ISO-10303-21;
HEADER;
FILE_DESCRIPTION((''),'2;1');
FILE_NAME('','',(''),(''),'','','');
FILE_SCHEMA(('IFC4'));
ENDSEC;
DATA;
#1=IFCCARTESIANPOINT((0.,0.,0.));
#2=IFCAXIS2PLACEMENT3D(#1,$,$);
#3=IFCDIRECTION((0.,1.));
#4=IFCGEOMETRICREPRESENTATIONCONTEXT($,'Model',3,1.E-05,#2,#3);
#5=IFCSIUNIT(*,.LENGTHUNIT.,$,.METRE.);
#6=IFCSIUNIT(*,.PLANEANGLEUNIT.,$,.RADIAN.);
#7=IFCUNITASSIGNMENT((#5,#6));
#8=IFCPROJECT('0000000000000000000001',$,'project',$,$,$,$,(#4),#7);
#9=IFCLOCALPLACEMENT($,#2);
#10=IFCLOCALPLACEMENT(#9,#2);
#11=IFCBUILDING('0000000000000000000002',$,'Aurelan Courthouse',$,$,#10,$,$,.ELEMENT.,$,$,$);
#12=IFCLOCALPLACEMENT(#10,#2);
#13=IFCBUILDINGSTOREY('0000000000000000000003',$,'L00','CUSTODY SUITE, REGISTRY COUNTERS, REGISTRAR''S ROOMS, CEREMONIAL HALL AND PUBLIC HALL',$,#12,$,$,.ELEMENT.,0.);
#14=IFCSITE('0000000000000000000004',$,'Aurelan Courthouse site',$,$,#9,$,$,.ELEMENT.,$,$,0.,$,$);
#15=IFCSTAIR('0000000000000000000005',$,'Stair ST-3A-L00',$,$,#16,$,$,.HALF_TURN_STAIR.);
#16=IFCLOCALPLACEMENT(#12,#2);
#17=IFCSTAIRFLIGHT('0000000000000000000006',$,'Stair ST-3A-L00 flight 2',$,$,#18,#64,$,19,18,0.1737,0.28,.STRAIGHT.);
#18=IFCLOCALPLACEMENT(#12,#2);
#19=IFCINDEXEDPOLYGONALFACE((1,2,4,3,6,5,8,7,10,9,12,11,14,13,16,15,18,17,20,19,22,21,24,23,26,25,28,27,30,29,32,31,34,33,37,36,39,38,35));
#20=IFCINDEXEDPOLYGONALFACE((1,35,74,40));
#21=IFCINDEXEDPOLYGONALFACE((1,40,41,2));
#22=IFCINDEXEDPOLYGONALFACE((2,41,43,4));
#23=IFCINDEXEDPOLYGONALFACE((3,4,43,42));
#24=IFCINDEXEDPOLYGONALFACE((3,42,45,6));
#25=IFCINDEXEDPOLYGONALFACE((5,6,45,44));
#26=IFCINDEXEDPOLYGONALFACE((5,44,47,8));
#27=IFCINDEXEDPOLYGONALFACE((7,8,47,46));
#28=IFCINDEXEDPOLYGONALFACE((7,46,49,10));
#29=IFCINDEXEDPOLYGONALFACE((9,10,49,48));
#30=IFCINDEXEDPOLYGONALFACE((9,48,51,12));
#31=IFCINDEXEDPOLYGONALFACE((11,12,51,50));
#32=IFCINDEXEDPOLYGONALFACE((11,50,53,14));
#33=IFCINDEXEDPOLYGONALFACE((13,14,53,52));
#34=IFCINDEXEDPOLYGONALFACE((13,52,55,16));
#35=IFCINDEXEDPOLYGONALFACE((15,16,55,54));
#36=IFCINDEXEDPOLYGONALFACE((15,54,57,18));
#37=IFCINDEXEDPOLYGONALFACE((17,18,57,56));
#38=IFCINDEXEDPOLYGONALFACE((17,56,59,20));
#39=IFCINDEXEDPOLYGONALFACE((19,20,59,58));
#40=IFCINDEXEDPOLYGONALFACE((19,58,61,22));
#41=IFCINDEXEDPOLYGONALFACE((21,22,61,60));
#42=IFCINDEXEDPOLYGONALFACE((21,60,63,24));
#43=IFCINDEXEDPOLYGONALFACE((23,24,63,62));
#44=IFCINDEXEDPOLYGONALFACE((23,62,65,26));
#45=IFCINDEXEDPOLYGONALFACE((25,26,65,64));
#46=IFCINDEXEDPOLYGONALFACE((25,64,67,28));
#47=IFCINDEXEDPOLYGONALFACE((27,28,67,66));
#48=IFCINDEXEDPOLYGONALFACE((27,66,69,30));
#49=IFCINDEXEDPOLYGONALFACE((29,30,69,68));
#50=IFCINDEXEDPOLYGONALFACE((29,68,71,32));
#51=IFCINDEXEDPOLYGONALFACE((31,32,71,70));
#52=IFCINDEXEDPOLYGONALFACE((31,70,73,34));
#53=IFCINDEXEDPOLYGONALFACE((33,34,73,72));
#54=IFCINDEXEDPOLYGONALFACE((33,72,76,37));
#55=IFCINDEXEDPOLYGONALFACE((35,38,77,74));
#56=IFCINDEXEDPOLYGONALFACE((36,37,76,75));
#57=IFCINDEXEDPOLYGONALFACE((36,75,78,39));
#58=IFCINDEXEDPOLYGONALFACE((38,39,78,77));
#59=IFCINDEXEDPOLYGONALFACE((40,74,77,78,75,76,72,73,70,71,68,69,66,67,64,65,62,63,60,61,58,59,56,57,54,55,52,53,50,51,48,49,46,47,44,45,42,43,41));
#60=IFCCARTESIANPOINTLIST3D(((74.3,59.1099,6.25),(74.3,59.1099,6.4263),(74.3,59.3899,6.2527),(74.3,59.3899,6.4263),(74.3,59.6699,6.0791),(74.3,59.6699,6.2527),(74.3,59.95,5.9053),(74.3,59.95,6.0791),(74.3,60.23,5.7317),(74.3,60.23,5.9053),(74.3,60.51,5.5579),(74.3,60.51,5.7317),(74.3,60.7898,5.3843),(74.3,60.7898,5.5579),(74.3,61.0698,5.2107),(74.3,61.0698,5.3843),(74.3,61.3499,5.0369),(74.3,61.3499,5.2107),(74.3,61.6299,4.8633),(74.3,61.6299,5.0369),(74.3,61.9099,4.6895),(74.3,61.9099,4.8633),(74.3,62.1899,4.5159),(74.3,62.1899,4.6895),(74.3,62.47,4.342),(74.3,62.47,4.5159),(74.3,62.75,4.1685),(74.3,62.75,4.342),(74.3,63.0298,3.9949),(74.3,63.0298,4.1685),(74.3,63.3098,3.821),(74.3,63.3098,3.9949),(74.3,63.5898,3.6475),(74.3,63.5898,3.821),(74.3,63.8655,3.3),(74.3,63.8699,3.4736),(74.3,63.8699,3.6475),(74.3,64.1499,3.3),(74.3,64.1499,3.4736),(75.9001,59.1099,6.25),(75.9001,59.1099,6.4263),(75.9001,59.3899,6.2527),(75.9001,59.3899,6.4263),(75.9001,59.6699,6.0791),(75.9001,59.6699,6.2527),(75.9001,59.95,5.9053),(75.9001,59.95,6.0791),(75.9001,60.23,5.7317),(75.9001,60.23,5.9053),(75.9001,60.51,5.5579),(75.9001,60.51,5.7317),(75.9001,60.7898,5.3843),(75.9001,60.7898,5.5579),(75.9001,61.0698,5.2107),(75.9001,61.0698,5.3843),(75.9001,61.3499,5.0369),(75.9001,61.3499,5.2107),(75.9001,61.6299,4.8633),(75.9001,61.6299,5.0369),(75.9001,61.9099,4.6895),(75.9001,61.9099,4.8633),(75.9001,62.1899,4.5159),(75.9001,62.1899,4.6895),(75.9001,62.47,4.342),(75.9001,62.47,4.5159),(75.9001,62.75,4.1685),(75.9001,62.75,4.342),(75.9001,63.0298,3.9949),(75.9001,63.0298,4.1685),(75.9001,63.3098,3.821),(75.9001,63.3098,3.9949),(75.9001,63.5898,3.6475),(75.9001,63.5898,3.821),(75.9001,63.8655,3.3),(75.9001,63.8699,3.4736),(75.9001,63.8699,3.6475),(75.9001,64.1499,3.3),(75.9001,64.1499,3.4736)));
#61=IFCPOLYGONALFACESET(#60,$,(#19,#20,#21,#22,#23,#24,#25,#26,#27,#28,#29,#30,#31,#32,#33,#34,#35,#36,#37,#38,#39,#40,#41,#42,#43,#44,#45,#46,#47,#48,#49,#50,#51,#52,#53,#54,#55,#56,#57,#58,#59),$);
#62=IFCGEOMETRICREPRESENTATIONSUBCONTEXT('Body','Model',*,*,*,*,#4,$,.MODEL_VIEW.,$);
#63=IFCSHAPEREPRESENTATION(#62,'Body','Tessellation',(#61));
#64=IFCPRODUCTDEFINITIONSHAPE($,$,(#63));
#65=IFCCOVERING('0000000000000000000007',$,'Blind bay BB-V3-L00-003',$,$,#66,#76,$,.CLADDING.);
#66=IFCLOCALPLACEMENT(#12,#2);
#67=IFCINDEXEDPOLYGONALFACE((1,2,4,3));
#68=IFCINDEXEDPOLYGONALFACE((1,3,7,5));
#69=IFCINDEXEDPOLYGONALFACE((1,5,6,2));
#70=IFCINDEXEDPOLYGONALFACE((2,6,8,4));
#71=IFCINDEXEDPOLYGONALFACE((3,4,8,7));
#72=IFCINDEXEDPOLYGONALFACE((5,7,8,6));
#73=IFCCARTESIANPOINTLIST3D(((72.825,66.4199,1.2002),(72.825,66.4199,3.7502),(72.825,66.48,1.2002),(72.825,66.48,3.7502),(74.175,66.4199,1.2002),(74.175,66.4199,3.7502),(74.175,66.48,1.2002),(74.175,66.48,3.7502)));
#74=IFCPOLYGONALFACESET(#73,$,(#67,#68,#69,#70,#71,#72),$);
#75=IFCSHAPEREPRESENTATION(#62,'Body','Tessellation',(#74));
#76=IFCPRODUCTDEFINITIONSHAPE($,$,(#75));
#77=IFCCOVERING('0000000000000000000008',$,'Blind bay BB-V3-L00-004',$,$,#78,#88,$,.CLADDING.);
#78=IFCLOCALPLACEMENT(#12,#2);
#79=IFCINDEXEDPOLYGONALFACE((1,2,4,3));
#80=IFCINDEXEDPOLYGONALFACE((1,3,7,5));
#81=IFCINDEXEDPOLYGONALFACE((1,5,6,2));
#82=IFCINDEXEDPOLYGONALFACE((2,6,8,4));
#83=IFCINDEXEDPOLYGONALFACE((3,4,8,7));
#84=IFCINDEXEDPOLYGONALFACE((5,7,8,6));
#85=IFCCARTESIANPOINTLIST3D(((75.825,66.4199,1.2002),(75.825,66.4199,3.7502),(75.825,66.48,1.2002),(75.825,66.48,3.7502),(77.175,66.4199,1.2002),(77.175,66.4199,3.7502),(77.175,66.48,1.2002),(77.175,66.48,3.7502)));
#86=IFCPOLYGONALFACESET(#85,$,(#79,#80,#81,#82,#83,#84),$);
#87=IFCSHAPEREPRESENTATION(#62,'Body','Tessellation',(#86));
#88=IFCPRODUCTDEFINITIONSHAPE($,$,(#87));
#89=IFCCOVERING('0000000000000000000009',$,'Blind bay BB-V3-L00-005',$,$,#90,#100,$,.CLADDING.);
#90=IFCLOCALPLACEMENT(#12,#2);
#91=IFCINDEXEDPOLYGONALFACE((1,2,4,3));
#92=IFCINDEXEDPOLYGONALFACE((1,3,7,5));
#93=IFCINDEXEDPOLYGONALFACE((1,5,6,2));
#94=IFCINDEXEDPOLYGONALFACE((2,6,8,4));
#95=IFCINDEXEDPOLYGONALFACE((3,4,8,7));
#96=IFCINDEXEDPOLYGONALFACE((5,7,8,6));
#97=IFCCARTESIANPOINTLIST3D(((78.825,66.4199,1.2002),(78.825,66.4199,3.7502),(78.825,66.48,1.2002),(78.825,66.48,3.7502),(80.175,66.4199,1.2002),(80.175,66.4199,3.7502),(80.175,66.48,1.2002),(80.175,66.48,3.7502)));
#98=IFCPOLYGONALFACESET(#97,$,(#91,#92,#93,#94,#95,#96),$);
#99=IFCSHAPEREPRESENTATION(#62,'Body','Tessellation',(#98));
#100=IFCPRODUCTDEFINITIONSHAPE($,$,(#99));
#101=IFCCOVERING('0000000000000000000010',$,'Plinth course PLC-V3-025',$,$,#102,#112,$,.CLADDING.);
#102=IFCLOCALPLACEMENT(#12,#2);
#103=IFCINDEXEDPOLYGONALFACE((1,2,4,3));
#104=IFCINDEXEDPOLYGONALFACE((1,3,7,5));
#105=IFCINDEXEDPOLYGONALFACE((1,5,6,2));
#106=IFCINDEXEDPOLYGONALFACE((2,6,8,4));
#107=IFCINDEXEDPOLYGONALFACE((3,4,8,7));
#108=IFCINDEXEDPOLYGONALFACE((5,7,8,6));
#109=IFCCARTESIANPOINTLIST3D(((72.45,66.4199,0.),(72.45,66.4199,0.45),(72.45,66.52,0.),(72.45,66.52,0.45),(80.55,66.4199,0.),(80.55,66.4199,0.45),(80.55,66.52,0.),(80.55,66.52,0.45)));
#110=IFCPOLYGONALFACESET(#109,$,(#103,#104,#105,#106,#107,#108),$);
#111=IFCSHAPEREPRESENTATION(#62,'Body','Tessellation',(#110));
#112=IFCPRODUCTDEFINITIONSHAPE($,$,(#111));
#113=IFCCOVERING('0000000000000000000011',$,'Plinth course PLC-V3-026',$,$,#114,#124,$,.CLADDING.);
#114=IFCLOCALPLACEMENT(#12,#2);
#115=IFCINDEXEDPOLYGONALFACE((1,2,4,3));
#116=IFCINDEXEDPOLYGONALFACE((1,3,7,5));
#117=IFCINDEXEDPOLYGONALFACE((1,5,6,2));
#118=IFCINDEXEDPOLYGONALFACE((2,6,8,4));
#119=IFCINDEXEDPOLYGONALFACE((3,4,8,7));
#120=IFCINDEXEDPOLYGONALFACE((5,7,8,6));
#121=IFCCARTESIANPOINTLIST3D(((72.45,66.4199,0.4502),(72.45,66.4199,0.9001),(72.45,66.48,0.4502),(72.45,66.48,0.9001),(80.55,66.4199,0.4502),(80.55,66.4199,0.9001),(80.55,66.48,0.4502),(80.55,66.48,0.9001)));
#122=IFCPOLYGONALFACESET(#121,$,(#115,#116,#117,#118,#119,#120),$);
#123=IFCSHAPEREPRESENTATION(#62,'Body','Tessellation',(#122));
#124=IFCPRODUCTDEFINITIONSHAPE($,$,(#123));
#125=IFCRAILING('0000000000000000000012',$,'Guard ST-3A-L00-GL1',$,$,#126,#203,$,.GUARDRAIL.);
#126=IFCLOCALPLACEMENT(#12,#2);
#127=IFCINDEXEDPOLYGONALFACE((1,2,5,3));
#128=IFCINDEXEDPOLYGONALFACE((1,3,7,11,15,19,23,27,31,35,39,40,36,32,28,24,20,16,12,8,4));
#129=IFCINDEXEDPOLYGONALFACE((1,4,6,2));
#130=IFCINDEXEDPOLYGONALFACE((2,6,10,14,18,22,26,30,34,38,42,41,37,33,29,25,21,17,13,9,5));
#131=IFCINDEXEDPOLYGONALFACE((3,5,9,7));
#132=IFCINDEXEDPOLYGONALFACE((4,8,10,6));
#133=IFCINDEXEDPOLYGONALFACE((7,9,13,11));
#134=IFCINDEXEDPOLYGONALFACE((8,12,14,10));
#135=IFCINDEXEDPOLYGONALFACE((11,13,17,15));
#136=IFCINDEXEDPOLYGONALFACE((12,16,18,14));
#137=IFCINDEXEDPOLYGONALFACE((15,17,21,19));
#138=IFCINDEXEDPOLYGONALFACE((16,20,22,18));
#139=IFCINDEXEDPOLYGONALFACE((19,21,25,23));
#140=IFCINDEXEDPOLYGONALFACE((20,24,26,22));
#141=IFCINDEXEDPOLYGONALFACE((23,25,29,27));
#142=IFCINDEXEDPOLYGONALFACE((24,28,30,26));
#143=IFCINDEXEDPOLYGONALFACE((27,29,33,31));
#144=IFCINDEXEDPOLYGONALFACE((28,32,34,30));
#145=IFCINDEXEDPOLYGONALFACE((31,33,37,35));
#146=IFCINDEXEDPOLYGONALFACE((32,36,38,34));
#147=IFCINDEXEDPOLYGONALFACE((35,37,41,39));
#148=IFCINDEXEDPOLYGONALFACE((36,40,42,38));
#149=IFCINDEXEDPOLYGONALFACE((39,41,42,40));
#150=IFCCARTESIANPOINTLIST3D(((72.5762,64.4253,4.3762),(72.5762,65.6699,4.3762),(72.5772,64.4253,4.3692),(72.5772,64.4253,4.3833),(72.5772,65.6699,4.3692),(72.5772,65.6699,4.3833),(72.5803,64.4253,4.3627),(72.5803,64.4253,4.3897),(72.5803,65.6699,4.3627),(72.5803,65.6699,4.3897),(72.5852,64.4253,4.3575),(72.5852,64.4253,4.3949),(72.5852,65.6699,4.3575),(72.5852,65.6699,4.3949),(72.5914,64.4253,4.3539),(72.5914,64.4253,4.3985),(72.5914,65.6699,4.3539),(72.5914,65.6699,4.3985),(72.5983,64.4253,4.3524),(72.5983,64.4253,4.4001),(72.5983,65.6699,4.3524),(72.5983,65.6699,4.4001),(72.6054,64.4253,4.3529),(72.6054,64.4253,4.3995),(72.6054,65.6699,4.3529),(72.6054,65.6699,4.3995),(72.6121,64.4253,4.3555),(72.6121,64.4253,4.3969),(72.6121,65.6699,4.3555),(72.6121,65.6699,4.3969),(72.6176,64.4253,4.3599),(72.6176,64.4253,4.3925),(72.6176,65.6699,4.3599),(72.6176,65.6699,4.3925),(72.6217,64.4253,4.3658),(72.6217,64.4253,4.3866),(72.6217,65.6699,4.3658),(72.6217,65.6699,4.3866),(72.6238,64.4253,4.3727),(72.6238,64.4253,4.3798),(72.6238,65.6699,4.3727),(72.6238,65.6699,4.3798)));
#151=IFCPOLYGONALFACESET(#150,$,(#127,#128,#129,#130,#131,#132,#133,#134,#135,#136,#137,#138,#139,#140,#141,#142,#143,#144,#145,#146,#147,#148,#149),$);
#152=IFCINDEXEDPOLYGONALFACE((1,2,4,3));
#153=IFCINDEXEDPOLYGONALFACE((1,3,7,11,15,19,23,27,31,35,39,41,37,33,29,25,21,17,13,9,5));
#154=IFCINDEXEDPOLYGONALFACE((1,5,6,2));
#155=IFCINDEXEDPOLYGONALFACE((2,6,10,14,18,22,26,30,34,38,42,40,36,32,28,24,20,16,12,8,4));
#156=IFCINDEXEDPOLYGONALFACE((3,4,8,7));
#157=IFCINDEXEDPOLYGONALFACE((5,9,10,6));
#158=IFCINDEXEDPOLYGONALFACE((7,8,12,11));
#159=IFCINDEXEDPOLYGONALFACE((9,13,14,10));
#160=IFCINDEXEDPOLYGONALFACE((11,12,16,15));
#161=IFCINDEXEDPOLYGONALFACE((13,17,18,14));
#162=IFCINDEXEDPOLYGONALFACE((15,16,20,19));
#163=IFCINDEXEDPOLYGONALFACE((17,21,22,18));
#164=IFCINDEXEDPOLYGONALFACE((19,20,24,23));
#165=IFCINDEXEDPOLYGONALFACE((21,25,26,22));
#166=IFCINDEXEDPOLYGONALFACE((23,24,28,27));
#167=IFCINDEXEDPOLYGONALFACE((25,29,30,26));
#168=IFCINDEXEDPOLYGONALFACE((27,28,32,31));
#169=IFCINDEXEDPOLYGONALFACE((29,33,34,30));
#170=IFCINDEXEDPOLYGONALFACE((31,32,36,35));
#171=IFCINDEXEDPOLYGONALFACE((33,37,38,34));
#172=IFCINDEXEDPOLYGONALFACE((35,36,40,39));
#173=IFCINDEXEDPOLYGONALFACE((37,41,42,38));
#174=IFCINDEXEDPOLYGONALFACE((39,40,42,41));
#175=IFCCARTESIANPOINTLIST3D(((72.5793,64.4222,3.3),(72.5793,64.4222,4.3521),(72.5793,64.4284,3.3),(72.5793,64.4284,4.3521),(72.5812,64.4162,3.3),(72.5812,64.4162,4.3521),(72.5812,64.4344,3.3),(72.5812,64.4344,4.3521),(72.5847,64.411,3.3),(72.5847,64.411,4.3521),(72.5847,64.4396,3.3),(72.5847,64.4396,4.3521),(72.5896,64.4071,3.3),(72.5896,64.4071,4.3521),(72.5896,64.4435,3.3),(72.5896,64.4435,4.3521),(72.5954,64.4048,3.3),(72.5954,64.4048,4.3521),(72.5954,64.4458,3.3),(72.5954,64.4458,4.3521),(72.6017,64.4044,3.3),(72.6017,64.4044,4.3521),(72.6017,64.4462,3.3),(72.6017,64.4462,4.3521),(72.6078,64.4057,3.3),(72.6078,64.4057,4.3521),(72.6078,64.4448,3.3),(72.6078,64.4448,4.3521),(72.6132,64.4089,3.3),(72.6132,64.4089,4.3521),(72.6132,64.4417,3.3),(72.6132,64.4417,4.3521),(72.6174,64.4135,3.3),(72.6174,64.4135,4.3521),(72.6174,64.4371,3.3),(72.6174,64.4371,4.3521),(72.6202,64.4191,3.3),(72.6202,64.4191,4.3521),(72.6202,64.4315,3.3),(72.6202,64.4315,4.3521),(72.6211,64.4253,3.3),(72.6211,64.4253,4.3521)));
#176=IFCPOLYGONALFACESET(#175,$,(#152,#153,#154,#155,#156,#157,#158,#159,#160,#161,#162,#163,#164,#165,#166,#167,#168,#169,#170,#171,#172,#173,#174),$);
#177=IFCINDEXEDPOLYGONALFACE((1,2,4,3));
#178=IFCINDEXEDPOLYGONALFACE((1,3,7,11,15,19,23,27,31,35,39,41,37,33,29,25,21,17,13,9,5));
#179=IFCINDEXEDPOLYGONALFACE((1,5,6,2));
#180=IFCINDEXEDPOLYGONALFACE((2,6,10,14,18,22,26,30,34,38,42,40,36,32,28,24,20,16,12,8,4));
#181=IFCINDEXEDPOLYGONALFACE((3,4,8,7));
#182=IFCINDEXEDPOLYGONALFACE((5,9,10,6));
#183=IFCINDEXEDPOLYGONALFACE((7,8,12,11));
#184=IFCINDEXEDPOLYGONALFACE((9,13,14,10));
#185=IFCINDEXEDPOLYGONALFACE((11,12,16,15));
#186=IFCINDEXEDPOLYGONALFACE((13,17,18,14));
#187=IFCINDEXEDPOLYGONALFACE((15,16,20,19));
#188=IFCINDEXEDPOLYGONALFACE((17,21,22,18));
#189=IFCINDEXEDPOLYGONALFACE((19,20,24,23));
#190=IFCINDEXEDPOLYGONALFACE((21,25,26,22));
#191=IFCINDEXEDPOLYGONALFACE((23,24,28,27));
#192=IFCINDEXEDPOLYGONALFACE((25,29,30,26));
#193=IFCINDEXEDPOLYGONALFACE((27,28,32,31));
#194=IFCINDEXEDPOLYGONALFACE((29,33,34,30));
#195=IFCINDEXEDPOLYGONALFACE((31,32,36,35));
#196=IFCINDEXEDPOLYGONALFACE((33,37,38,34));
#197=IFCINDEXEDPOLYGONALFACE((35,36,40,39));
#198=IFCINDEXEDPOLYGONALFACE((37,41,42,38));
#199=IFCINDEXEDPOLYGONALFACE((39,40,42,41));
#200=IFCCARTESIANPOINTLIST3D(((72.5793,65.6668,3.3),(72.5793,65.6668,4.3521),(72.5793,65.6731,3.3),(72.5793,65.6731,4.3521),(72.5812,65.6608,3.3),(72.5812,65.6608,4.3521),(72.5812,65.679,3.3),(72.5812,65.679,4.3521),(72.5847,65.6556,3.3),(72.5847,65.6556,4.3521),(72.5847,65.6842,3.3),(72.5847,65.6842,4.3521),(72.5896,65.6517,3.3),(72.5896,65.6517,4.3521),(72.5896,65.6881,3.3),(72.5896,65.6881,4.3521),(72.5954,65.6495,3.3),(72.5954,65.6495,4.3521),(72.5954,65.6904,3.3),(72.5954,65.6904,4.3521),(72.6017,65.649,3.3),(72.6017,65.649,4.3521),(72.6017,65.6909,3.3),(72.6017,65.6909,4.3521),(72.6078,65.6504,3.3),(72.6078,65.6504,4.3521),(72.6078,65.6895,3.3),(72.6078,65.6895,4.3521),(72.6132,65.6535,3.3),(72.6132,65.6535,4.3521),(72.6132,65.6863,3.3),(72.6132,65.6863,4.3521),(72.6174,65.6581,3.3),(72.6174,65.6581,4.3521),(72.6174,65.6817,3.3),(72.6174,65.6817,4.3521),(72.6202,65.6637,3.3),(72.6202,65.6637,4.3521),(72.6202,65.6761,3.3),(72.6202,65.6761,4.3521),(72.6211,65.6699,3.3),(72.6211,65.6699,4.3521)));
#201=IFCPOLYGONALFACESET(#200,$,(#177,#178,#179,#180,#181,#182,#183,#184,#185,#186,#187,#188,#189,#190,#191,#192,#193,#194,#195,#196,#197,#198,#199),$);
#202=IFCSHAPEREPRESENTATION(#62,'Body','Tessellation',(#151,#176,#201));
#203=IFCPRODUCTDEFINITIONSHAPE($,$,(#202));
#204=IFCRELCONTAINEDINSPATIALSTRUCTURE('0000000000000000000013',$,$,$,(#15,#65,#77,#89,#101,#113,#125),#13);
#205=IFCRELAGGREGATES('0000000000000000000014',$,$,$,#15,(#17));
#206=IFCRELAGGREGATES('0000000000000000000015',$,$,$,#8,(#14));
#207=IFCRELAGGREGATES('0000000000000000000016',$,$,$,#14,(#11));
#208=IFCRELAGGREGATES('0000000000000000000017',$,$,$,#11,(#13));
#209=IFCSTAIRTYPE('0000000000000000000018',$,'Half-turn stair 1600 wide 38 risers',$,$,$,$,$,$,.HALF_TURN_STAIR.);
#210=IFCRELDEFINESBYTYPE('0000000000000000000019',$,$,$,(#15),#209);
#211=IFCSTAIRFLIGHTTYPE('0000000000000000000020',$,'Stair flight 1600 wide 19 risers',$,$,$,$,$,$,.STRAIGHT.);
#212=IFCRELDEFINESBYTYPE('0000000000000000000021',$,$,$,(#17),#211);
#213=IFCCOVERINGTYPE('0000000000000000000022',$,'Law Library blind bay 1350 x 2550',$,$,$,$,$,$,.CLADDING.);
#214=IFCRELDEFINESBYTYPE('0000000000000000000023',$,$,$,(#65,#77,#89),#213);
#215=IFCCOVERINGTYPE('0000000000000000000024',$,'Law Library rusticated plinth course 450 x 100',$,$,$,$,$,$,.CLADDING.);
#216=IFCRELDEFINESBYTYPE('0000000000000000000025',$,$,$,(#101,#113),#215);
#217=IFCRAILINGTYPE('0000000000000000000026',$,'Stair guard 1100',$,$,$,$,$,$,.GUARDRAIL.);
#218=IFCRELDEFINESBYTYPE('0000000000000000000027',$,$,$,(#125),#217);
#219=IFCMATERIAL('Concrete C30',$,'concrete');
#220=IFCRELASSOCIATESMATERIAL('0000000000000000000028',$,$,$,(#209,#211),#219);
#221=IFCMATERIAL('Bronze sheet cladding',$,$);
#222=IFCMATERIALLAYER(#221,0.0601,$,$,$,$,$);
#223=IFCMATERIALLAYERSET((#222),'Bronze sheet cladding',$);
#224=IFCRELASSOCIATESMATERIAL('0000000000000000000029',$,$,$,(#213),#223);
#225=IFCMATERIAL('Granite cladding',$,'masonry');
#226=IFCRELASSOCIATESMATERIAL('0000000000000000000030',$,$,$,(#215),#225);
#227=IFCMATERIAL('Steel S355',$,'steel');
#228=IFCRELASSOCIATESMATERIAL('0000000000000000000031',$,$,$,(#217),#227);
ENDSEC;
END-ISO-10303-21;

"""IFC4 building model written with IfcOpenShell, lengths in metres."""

from ifc_helpers import new_model, si_unit, direction, frame, origin, origin_2d, place, context, subcontext, project, spatial, polyline, rectangle, circle, outline, extrude, material, layer, layer_set, type_object, element, aggregate, save


model = new_model("IFC4")

# Units and contexts
model_context = context("Model", 3, precision=1e-05, world=origin(), true_north=direction((0.0, 1.0)))
body_context = subcontext(model_context, "Body", "Model", "MODEL_VIEW")
ifc_project = project(units=[si_unit("LENGTHUNIT", "METRE"), si_unit("PLANEANGLEUNIT", "RADIAN")], contexts=[model_context])

# Site, building, storey
site_placement = place(None, origin())
site = spatial("IfcSite", under=ifc_project, at=site_placement, Name="Aurelan Courthouse site", CompositionType="ELEMENT", RefElevation=0.0)
building_placement = place(site_placement, origin())
building = spatial("IfcBuilding", under=site, at=building_placement, Name="Aurelan Courthouse", CompositionType="ELEMENT")
storey_placement = place(building_placement, origin())
storey = spatial("IfcBuildingStorey", under=building, at=storey_placement, Name="L00", Description="CUSTODY SUITE, REGISTRY COUNTERS, REGISTRAR'S ROOMS, CEREMONIAL HALL AND PUBLIC HALL", CompositionType="ELEMENT", Elevation=0.0)

# Shared definitions
ifc_material_1 = material(Name="Granite cladding", Category="masonry")
ifc_material_2 = material(Name="Concrete C30", Category="concrete")

# Stair, stair flight
stair_type = type_object("IfcStairType", Name="Half-turn stair 1600 wide 38 risers", PredefinedType="HALF_TURN_STAIR", material=ifc_material_2)
stair_placement = place(storey_placement, origin())
stair = element("IfcStair", 1, at=stair_placement, inside=storey, type_object=stair_type, Name="Stair ST-3A-L00", PredefinedType="HALF_TURN_STAIR")
stair_flight_type = type_object("IfcStairFlightType", Name="Stair flight 1600 wide 19 risers", PredefinedType="STRAIGHT", material=ifc_material_2)
stair_flight_placement = place(storey_placement, frame((75.1001, 64.1499, 3.3), z_axis=(0.0, 0.0, 1.0), x_axis=(0.0, -1.0, 0.0)))
stair_flight = element("IfcStairFlight", 2, at=stair_flight_placement, type_object=stair_flight_type, Name="Stair ST-3A-L00 flight 2", NumberOfRisers=19, NumberOfTreads=18, PredefinedType="STRAIGHT", RiserHeight=0.1737, TreadLength=0.28, context=body_context, shape_type="SweptSolid", body=[
    extrude(outline(polyline([(0.0, 0.0), (0.0, 0.1736), (0.28, 0.1736), (0.28, 0.3474), (0.5601, 0.3474), (0.5601, 0.521), (0.8401, 0.521), (0.8401, 0.6948), (1.1201, 0.6948), (1.1201, 0.8684), (1.3999, 0.8684), (1.3999, 1.042), (1.6799, 1.042), (1.6799, 1.2158), (1.96, 1.2158), (1.96, 1.3894), (2.24, 1.3894), (2.24, 1.5632), (2.52, 1.5632), (2.52, 1.7368), (2.8, 1.7368), (2.8, 1.9106), (3.0801, 1.9106), (3.0801, 2.0842), (3.3601, 2.0842), (3.3601, 2.2578), (3.6399, 2.2578), (3.6399, 2.4316), (3.9199, 2.4316), (3.9199, 2.6052), (4.2, 2.6052), (4.2, 2.7791), (4.48, 2.7791), (4.48, 2.9526), (4.76, 2.9526), (4.76, 3.1262), (5.04, 3.1262), (5.04, 3.3), (5.04, 2.95), (0.2844, 0.0), (0.0, 0.0)])), frame((0.0, 0.8, 0.0), z_axis=(0.0, -1.0, 0.0), x_axis=(1.0, 0.0, 0.0)), (0.0, 0.0, 1.0), 1.6001),
])
aggregate(stair, [stair_flight])

# Coverings
ifc_material_3 = material(Name="Bronze sheet cladding")
ifc_layer_1 = layer(ifc_material_3, 0.0601)
ifc_layer_set_1 = layer_set([ifc_layer_1], Name="Bronze sheet cladding")
covering_type_1 = type_object("IfcCoveringType", Name="Law Library blind bay 1350 x 2550", PredefinedType="CLADDING", material=ifc_layer_set_1)
for number, where, z_axis, x_axis, name in (
    (3, (73.5, 66.45, 1.2002), (0.0, 0.0, 1.0), (1.0, 0.0, 0.0), "Blind bay BB-V3-L00-003"),
    (4, (76.5, 66.45, 1.2002), (0.0, 0.0, 1.0), (1.0, 0.0, 0.0), "Blind bay BB-V3-L00-004"),
    (5, (79.5, 66.45, 1.2002), (0.0, 0.0, 1.0), (1.0, 0.0, 0.0), "Blind bay BB-V3-L00-005"),
):
    element("IfcCovering", number, at=place(storey_placement, frame(where, z_axis=z_axis, x_axis=x_axis)), inside=storey, type_object=covering_type_1, Name=name, PredefinedType="CLADDING", context=body_context, shape_type="SweptSolid", body=[
        extrude(rectangle(XDim=1.3501, YDim=0.0601, at=origin_2d()), origin(), (0.0, 0.0, 1.0), 2.55),
    ])
covering_type_2 = type_object("IfcCoveringType", Name="Law Library rusticated plinth course 450 x 100", PredefinedType="CLADDING", material=ifc_material_1)
covering_1_placement = place(storey_placement, frame((76.5, 66.47, 0.0), z_axis=(0.0, 0.0, 1.0), x_axis=(1.0, 0.0, 0.0)))
element("IfcCovering", 6, at=covering_1_placement, inside=storey, type_object=covering_type_2, Name="Plinth course PLC-V3-025", PredefinedType="CLADDING", context=body_context, shape_type="SweptSolid", body=[
    extrude(rectangle(XDim=8.1001, YDim=0.1001, at=origin_2d()), origin(), (0.0, 0.0, 1.0), 0.45),
])
covering_2_placement = place(storey_placement, frame((76.5, 66.45, 0.4502), z_axis=(0.0, 0.0, 1.0), x_axis=(1.0, 0.0, 0.0)))
element("IfcCovering", 7, at=covering_2_placement, inside=storey, type_object=covering_type_2, Name="Plinth course PLC-V3-026", PredefinedType="CLADDING", context=body_context, shape_type="SweptSolid", body=[
    extrude(rectangle(XDim=8.1001, YDim=0.0601, at=origin_2d()), origin(), (0.0, 0.0, 1.0), 0.45),
])

# Railing
ifc_material_4 = material(Name="Steel S355", Category="steel")
railing_type_1 = type_object("IfcRailingType", Name="Stair guard 1100", PredefinedType="GUARDRAIL", material=ifc_material_4)
railing_1_placement = place(storey_placement, frame((72.6001, 64.4253, 3.3)))
element("IfcRailing", 8, at=railing_1_placement, inside=storey, type_object=railing_type_1, Name="Guard ST-3A-L00-GL1", PredefinedType="GUARDRAIL", context=body_context, shape_type="SweptSolid", body=[
    extrude(circle(Radius=0.0239, at=origin_2d()), frame((0.0, 0.0, 1.0762), z_axis=(0.0, 1.0, 0.0), x_axis=(-1.0, 0.0, 0.0)), (0.0, 0.0, 1.0), 1.2446),
    extrude(circle(Radius=0.021, at=origin_2d()), origin(), (0.0, 0.0, 1.0), 1.052),
    extrude(circle(Radius=0.021, at=origin_2d()), frame((0.0, 1.2446, 0.0)), (0.0, 0.0, 1.0), 1.052),
])

save(model, "model.ifc")
